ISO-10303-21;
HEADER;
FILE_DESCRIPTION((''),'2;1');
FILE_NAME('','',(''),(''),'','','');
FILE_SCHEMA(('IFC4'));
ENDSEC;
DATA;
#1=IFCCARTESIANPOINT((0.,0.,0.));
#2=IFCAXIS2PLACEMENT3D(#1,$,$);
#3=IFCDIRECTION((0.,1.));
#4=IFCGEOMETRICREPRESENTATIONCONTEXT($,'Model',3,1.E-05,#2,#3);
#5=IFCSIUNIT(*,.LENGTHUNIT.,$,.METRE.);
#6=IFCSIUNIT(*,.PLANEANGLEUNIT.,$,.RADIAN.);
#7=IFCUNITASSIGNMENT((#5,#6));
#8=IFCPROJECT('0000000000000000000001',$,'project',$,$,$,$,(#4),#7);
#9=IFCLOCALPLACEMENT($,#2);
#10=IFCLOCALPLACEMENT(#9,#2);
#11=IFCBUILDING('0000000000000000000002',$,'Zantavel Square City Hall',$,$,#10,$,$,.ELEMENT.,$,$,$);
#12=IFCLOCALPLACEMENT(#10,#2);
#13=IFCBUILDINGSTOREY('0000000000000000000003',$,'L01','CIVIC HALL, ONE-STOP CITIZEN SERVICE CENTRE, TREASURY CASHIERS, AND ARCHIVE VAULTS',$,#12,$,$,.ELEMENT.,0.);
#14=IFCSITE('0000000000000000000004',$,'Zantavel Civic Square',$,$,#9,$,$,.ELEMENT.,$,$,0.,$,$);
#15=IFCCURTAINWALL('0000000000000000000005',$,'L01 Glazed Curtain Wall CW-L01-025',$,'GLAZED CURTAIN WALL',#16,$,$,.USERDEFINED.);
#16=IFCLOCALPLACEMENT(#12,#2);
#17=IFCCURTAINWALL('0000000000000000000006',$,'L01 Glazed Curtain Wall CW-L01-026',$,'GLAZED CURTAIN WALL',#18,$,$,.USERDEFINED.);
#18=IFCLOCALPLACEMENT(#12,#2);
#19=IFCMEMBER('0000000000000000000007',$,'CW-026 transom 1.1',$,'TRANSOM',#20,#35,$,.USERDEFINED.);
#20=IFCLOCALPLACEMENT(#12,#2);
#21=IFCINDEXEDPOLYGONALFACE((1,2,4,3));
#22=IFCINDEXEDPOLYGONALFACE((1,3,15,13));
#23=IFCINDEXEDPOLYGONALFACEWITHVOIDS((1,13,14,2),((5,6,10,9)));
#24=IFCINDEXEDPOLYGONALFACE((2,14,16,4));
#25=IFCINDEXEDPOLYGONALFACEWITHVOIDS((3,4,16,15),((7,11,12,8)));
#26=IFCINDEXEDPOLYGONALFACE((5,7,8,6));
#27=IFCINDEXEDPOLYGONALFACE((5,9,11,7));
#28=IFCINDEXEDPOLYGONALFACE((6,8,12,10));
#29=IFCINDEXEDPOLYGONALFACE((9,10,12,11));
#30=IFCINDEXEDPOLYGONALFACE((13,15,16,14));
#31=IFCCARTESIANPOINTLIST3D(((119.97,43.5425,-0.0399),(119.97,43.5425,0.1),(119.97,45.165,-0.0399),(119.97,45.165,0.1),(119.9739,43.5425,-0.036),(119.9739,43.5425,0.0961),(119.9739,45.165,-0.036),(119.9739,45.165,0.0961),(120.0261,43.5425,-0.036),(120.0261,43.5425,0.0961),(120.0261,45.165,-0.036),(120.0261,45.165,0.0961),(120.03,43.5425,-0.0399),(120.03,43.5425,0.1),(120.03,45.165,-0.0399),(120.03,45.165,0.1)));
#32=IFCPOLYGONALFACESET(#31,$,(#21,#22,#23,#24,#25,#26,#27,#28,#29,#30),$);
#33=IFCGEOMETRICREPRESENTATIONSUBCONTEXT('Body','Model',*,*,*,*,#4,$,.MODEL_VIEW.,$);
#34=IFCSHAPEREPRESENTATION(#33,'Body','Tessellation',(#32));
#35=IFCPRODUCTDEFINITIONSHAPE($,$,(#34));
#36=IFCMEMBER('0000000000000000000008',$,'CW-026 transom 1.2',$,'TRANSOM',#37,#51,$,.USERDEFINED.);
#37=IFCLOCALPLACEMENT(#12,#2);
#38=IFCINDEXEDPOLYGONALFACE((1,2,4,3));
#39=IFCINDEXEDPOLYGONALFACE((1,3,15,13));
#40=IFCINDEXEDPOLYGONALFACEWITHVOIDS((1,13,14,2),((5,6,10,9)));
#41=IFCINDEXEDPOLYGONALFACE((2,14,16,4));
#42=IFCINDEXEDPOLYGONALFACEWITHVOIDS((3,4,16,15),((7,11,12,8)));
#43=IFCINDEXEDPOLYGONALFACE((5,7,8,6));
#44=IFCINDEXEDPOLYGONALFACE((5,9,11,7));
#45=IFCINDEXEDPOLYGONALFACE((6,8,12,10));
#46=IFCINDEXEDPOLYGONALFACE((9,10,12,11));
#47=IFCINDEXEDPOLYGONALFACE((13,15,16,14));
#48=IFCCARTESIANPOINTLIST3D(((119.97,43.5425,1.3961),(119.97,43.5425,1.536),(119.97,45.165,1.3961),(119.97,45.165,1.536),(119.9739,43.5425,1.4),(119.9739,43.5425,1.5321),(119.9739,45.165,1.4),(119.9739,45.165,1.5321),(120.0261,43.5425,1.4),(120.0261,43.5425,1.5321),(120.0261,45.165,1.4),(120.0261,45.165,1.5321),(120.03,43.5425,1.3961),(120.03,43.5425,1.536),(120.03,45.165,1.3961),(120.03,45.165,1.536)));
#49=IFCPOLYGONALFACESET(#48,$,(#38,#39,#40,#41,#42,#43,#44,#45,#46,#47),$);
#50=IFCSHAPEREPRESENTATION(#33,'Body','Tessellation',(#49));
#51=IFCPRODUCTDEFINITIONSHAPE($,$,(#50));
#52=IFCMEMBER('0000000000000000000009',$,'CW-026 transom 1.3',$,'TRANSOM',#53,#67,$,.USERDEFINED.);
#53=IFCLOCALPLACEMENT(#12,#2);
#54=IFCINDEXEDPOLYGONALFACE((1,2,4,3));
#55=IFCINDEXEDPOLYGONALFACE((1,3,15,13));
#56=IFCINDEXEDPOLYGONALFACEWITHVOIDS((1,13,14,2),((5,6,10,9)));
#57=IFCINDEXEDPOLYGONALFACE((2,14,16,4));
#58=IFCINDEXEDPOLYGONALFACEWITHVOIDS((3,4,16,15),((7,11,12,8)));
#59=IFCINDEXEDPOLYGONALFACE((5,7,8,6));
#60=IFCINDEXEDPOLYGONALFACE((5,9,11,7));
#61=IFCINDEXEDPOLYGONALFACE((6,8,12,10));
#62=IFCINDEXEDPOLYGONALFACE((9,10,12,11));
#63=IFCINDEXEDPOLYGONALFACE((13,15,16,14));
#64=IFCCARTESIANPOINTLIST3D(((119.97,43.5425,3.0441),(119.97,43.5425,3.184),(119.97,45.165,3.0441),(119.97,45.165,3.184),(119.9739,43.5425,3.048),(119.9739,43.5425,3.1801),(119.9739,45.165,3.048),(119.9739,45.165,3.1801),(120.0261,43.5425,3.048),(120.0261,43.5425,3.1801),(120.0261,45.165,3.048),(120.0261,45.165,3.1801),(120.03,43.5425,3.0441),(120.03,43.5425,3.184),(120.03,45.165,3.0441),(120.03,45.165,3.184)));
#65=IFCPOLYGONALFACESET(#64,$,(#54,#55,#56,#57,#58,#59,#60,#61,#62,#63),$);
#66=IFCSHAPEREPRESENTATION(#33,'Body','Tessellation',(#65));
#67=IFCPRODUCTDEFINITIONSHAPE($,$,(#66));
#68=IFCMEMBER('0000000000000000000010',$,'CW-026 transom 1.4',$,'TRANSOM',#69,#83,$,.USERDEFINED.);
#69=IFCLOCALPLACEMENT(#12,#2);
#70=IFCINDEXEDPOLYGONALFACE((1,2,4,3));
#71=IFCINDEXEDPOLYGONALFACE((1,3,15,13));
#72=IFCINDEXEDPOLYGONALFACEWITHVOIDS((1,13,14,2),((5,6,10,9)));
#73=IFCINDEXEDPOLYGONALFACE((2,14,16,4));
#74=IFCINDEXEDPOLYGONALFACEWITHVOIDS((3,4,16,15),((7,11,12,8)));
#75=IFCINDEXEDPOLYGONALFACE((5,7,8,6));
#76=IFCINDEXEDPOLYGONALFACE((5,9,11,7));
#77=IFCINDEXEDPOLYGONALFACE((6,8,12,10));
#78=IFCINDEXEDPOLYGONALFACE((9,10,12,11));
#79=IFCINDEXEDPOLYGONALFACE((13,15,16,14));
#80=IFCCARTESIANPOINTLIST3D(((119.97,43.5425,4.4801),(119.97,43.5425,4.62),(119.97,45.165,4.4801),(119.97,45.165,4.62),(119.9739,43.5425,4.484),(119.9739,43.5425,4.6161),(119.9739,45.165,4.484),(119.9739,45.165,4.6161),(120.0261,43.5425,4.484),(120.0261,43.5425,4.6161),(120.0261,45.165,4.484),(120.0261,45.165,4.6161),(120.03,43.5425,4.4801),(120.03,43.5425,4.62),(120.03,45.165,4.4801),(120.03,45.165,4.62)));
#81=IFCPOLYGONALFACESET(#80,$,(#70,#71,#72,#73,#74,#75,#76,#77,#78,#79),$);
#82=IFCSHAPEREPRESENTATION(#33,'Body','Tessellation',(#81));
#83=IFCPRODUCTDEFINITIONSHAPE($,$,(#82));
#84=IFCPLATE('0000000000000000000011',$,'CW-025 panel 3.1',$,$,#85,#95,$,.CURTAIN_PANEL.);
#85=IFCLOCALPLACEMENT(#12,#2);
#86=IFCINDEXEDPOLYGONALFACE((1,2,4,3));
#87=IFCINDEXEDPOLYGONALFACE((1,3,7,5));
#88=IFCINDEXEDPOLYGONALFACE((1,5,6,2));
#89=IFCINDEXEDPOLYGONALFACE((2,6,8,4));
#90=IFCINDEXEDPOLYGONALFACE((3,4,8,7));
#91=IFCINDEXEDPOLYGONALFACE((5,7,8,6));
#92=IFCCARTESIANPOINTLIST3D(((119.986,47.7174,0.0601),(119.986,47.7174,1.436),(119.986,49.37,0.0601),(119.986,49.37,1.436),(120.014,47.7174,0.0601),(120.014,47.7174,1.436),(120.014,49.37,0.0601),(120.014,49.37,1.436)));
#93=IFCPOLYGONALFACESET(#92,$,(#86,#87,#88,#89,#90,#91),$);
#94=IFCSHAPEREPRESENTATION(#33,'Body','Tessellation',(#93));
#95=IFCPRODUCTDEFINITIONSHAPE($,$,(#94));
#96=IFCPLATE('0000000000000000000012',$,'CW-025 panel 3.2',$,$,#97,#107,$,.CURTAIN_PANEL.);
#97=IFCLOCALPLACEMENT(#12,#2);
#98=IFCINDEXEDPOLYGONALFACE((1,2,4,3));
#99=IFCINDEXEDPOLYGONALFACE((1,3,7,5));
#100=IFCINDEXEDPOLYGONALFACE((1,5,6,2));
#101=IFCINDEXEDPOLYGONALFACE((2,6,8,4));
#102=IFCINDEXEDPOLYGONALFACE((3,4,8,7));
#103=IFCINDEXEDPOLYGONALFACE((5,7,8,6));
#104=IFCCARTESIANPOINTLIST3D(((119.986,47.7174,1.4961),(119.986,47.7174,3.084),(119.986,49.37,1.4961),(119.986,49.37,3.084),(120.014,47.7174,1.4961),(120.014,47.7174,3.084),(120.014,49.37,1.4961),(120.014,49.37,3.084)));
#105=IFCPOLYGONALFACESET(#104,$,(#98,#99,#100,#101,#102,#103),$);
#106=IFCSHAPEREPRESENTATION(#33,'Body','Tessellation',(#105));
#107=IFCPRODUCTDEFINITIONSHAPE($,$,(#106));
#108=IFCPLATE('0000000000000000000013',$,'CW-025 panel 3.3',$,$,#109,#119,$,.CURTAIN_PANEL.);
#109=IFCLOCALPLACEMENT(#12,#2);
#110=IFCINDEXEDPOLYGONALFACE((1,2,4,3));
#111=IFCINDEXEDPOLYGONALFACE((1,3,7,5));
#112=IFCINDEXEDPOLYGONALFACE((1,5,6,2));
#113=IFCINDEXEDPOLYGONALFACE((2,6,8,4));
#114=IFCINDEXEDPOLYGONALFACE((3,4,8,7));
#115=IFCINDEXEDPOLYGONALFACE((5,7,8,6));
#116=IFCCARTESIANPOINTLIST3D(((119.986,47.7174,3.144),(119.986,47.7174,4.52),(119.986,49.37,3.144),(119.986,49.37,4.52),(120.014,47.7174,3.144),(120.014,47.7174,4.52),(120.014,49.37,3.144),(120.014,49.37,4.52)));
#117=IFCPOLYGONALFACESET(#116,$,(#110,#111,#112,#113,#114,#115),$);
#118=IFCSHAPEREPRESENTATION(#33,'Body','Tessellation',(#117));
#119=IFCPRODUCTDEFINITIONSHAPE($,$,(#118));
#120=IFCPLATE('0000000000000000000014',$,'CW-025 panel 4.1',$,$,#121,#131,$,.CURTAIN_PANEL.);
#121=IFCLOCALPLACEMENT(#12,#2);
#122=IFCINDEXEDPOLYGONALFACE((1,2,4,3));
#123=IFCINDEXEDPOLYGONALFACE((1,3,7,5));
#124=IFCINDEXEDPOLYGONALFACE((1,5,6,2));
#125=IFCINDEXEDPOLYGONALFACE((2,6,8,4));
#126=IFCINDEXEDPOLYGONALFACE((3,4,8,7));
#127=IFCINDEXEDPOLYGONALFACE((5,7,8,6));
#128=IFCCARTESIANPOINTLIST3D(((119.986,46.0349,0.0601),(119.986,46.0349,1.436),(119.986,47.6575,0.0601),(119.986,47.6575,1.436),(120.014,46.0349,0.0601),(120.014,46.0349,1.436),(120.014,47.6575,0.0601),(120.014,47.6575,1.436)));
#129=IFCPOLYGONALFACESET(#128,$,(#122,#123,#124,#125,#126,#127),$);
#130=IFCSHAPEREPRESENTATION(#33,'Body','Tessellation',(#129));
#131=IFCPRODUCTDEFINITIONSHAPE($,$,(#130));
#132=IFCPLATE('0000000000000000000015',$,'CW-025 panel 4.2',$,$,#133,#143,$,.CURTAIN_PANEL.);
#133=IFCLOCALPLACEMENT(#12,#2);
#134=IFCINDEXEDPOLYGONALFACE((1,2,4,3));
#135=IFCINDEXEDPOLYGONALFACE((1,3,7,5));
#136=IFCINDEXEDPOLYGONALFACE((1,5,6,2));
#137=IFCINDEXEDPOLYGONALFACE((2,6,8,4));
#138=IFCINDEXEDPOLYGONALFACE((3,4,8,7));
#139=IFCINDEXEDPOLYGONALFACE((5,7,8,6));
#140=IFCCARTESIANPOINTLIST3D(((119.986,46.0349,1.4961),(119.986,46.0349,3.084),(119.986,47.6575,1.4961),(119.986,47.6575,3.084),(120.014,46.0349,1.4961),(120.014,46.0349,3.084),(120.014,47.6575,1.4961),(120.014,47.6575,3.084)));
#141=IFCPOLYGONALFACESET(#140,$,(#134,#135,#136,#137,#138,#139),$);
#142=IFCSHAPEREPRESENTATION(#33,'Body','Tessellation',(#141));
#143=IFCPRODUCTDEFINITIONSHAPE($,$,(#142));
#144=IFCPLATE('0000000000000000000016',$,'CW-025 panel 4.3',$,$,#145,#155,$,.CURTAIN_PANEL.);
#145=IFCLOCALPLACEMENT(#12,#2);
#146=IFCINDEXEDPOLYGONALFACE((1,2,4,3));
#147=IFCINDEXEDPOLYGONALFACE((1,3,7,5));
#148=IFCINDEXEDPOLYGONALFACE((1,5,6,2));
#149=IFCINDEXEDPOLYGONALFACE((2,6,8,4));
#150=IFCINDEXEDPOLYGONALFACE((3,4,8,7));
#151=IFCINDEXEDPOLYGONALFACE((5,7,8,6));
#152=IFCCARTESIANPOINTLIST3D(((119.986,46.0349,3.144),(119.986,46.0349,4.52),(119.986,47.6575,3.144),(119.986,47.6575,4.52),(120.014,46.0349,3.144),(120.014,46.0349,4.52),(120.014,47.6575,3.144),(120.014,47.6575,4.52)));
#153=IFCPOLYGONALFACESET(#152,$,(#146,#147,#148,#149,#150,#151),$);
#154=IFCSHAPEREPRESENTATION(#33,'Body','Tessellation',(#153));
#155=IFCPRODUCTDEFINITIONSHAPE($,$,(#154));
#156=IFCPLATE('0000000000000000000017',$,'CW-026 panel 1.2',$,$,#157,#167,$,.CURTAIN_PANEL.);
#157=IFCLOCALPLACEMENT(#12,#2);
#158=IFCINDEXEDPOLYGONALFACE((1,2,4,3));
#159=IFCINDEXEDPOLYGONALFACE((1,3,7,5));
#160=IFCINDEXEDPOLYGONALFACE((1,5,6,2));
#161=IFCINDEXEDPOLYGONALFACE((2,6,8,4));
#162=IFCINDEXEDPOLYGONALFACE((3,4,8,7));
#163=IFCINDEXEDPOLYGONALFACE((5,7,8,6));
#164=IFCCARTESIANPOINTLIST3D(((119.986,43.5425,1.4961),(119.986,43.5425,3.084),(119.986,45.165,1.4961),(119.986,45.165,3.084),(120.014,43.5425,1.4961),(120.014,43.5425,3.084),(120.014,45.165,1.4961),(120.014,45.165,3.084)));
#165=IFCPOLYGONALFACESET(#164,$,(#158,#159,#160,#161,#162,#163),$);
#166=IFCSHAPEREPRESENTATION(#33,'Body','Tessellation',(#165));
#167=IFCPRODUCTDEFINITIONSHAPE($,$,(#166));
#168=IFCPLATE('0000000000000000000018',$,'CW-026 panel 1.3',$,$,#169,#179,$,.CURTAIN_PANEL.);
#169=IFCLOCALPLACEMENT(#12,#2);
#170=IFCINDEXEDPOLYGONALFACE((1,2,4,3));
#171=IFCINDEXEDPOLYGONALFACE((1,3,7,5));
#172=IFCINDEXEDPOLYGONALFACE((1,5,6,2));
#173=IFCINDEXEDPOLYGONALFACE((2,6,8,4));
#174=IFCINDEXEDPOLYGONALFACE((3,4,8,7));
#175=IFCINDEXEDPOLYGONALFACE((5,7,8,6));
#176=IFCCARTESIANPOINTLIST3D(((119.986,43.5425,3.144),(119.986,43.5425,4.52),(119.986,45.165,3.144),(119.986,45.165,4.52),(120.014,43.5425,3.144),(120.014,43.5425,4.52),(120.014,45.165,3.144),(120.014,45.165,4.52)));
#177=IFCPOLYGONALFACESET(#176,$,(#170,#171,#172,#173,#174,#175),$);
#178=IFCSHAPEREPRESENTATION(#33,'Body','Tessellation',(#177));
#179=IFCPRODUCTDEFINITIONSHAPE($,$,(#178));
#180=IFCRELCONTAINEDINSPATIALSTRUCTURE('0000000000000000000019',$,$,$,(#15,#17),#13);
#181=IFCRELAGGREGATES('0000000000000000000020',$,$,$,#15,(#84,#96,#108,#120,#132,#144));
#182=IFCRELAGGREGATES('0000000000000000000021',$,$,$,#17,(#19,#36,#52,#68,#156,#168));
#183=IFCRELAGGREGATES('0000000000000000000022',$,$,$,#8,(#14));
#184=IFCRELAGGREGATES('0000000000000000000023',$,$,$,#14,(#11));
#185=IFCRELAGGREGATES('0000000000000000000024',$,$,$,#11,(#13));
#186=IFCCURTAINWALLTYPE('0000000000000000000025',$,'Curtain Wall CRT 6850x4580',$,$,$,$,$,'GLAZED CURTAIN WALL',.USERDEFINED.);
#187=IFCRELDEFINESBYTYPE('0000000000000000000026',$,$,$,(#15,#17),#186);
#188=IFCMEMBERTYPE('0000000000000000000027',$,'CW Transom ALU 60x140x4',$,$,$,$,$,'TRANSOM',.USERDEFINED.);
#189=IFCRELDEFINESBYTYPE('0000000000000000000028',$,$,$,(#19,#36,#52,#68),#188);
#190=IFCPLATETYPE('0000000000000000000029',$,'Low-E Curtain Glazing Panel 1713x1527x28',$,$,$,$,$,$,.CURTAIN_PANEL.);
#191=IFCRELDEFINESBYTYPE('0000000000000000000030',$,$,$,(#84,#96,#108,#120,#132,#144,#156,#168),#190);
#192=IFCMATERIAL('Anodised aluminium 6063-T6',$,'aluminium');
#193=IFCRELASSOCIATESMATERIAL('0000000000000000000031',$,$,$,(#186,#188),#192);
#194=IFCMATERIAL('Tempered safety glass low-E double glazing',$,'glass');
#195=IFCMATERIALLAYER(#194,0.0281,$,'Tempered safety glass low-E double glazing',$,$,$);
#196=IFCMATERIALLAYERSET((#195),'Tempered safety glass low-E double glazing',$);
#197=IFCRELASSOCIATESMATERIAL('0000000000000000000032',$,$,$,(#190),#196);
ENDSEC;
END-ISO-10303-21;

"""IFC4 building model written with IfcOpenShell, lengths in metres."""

from ifc_helpers import new_model, si_unit, direction, frame, origin, origin_2d, place, context, subcontext, project, spatial, rectangle, hollow_rectangle, extrude, material, layer, layer_set, material_profile, profile_set, type_object, element, aggregate, save


model = new_model("IFC4")

# Units and contexts
model_context = context("Model", 3, precision=1e-05, world=origin(), true_north=direction((0.0, 1.0)))
body_context = subcontext(model_context, "Body", "Model", "MODEL_VIEW")
ifc_project = project(units=[si_unit("LENGTHUNIT", "METRE"), si_unit("PLANEANGLEUNIT", "RADIAN")], contexts=[model_context])

# Site, building, storey
site_placement = place(None, origin())
site = spatial("IfcSite", under=ifc_project, at=site_placement, Name="Zantavel Civic Square", CompositionType="ELEMENT", RefElevation=0.0)
building_placement = place(site_placement, origin())
building = spatial("IfcBuilding", under=site, at=building_placement, Name="Zantavel Square City Hall", CompositionType="ELEMENT")
storey_placement = place(building_placement, origin())
storey = spatial("IfcBuildingStorey", under=building, at=storey_placement, Name="L01", Description="CIVIC HALL, ONE-STOP CITIZEN SERVICE CENTRE, TREASURY CASHIERS, AND ARCHIVE VAULTS", CompositionType="ELEMENT", Elevation=0.0)

# Curtain wall
ifc_material_1 = material(Name="Anodised aluminium 6063-T6", Category="aluminium")
curtain_wall_type = type_object("IfcCurtainWallType", Name="Curtain Wall CRT 6850x4580", ElementType="GLAZED CURTAIN WALL", PredefinedType="USERDEFINED", material=ifc_material_1)
curtain_wall_1_placement = place(storey_placement, origin())
curtain_wall_1 = element("IfcCurtainWall", 1, at=curtain_wall_1_placement, inside=storey, type_object=curtain_wall_type, Name="L01 Glazed Curtain Wall CW-L01-025", ObjectType="GLAZED CURTAIN WALL", PredefinedType="USERDEFINED")

# Curtain wall
curtain_wall_2_placement = place(storey_placement, origin())
curtain_wall_2 = element("IfcCurtainWall", 2, at=curtain_wall_2_placement, inside=storey, type_object=curtain_wall_type, Name="L01 Glazed Curtain Wall CW-L01-026", ObjectType="GLAZED CURTAIN WALL", PredefinedType="USERDEFINED")

# Members
ifc_material_profile_1 = material_profile(ifc_material_1, hollow_rectangle(XDim=0.0601, YDim=0.1399, WallThickness=0.0039, at=origin_2d()), Name="ALU 60x140x4")
ifc_profile_set_1 = profile_set([ifc_material_profile_1], Name="Anodised aluminium 6063-T6")
member_type_1 = type_object("IfcMemberType", Name="CW Transom ALU 60x140x4", ElementType="TRANSOM", PredefinedType="USERDEFINED", material=ifc_profile_set_1)
member_1_placement = place(storey_placement, frame((120.0, 45.165, 0.03), z_axis=(0.0, -1.0, 0.0), x_axis=(1.0, 0.0, 0.0)))
member_1 = element("IfcMember", 3, at=member_1_placement, type_object=member_type_1, Name="CW-026 transom 1.1", ObjectType="TRANSOM", PredefinedType="USERDEFINED", context=body_context, shape_type="SweptSolid", body=[
    extrude(hollow_rectangle(XDim=0.0601, YDim=0.1399, WallThickness=0.0039, at=origin_2d()), origin(), (0.0, 0.0, 1.0), 1.6226),
])
member_2_placement = place(storey_placement, frame((120.0, 45.165, 1.4661), z_axis=(0.0, -1.0, 0.0), x_axis=(1.0, 0.0, 0.0)))
member_2 = element("IfcMember", 4, at=member_2_placement, type_object=member_type_1, Name="CW-026 transom 1.2", ObjectType="TRANSOM", PredefinedType="USERDEFINED", context=body_context, shape_type="SweptSolid", body=[
    extrude(hollow_rectangle(XDim=0.0601, YDim=0.1399, WallThickness=0.0039, at=origin_2d()), origin(), (0.0, 0.0, 1.0), 1.6226),
])
member_3_placement = place(storey_placement, frame((120.0, 45.165, 3.114), z_axis=(0.0, -1.0, 0.0), x_axis=(1.0, 0.0, 0.0)))
member_3 = element("IfcMember", 5, at=member_3_placement, type_object=member_type_1, Name="CW-026 transom 1.3", ObjectType="TRANSOM", PredefinedType="USERDEFINED", context=body_context, shape_type="SweptSolid", body=[
    extrude(hollow_rectangle(XDim=0.0601, YDim=0.1399, WallThickness=0.0039, at=origin_2d()), origin(), (0.0, 0.0, 1.0), 1.6226),
])
member_4_placement = place(storey_placement, frame((120.0, 45.165, 4.55), z_axis=(0.0, -1.0, 0.0), x_axis=(1.0, 0.0, 0.0)))
member_4 = element("IfcMember", 6, at=member_4_placement, type_object=member_type_1, Name="CW-026 transom 1.4", ObjectType="TRANSOM", PredefinedType="USERDEFINED", context=body_context, shape_type="SweptSolid", body=[
    extrude(hollow_rectangle(XDim=0.0601, YDim=0.1399, WallThickness=0.0039, at=origin_2d()), origin(), (0.0, 0.0, 1.0), 1.6226),
])

# Plates
ifc_material_2 = material(Name="Tempered safety glass low-E double glazing", Category="glass")
ifc_layer = layer(ifc_material_2, 0.0281, Name="Tempered safety glass low-E double glazing")
ifc_layer_set = layer_set([ifc_layer], Name="Tempered safety glass low-E double glazing")
plate_type = type_object("IfcPlateType", Name="Low-E Curtain Glazing Panel 1713x1527x28", PredefinedType="CURTAIN_PANEL", material=ifc_layer_set)
plate_1_placement = place(storey_placement, frame((120.0, 48.5437, 0.0601), z_axis=(0.0, 0.0, 1.0), x_axis=(0.0, -1.0, 0.0)))
plate_1 = element("IfcPlate", 7, at=plate_1_placement, type_object=plate_type, Name="CW-025 panel 3.1", PredefinedType="CURTAIN_PANEL", context=body_context, shape_type="SweptSolid", body=[
    extrude(rectangle(XDim=1.6526, YDim=0.0281, at=origin_2d()), origin(), (0.0, 0.0, 1.0), 1.376),
])
plate_2_placement = place(storey_placement, frame((120.0, 48.5437, 1.4961), z_axis=(0.0, 0.0, 1.0), x_axis=(0.0, -1.0, 0.0)))
plate_2 = element("IfcPlate", 8, at=plate_2_placement, type_object=plate_type, Name="CW-025 panel 3.2", PredefinedType="CURTAIN_PANEL", context=body_context, shape_type="SweptSolid", body=[
    extrude(rectangle(XDim=1.6526, YDim=0.0281, at=origin_2d()), origin(), (0.0, 0.0, 1.0), 1.5879),
])
plate_3_placement = place(storey_placement, frame((120.0, 48.5437, 3.144), z_axis=(0.0, 0.0, 1.0), x_axis=(0.0, -1.0, 0.0)))
plate_3 = element("IfcPlate", 9, at=plate_3_placement, type_object=plate_type, Name="CW-025 panel 3.3", PredefinedType="CURTAIN_PANEL", context=body_context, shape_type="SweptSolid", body=[
    extrude(rectangle(XDim=1.6526, YDim=0.0281, at=origin_2d()), origin(), (0.0, 0.0, 1.0), 1.376),
])
plate_4_placement = place(storey_placement, frame((120.0, 46.8462, 0.0601), z_axis=(0.0, 0.0, 1.0), x_axis=(0.0, -1.0, 0.0)))
plate_4 = element("IfcPlate", 10, at=plate_4_placement, type_object=plate_type, Name="CW-025 panel 4.1", PredefinedType="CURTAIN_PANEL", context=body_context, shape_type="SweptSolid", body=[
    extrude(rectangle(XDim=1.6226, YDim=0.0281, at=origin_2d()), origin(), (0.0, 0.0, 1.0), 1.376),
])
plate_5_placement = place(storey_placement, frame((120.0, 46.8462, 1.4961), z_axis=(0.0, 0.0, 1.0), x_axis=(0.0, -1.0, 0.0)))
plate_5 = element("IfcPlate", 11, at=plate_5_placement, type_object=plate_type, Name="CW-025 panel 4.2", PredefinedType="CURTAIN_PANEL", context=body_context, shape_type="SweptSolid", body=[
    extrude(rectangle(XDim=1.6226, YDim=0.0281, at=origin_2d()), origin(), (0.0, 0.0, 1.0), 1.5879),
])
plate_6_placement = place(storey_placement, frame((120.0, 46.8462, 3.144), z_axis=(0.0, 0.0, 1.0), x_axis=(0.0, -1.0, 0.0)))
plate_6 = element("IfcPlate", 12, at=plate_6_placement, type_object=plate_type, Name="CW-025 panel 4.3", PredefinedType="CURTAIN_PANEL", context=body_context, shape_type="SweptSolid", body=[
    extrude(rectangle(XDim=1.6226, YDim=0.0281, at=origin_2d()), origin(), (0.0, 0.0, 1.0), 1.376),
])
aggregate(curtain_wall_1, [plate_1, plate_2, plate_3, plate_4, plate_5, plate_6])
plate_7_placement = place(storey_placement, frame((120.0, 44.3538, 1.4961), z_axis=(0.0, 0.0, 1.0), x_axis=(0.0, -1.0, 0.0)))
plate_7 = element("IfcPlate", 13, at=plate_7_placement, type_object=plate_type, Name="CW-026 panel 1.2", PredefinedType="CURTAIN_PANEL", context=body_context, shape_type="SweptSolid", body=[
    extrude(rectangle(XDim=1.6226, YDim=0.0281, at=origin_2d()), origin(), (0.0, 0.0, 1.0), 1.5879),
])
plate_8_placement = place(storey_placement, frame((120.0, 44.3538, 3.144), z_axis=(0.0, 0.0, 1.0), x_axis=(0.0, -1.0, 0.0)))
plate_8 = element("IfcPlate", 14, at=plate_8_placement, type_object=plate_type, Name="CW-026 panel 1.3", PredefinedType="CURTAIN_PANEL", context=body_context, shape_type="SweptSolid", body=[
    extrude(rectangle(XDim=1.6226, YDim=0.0281, at=origin_2d()), origin(), (0.0, 0.0, 1.0), 1.376),
])
aggregate(curtain_wall_2, [member_1, member_2, member_3, member_4, plate_7, plate_8])

save(model, "model.ifc")
